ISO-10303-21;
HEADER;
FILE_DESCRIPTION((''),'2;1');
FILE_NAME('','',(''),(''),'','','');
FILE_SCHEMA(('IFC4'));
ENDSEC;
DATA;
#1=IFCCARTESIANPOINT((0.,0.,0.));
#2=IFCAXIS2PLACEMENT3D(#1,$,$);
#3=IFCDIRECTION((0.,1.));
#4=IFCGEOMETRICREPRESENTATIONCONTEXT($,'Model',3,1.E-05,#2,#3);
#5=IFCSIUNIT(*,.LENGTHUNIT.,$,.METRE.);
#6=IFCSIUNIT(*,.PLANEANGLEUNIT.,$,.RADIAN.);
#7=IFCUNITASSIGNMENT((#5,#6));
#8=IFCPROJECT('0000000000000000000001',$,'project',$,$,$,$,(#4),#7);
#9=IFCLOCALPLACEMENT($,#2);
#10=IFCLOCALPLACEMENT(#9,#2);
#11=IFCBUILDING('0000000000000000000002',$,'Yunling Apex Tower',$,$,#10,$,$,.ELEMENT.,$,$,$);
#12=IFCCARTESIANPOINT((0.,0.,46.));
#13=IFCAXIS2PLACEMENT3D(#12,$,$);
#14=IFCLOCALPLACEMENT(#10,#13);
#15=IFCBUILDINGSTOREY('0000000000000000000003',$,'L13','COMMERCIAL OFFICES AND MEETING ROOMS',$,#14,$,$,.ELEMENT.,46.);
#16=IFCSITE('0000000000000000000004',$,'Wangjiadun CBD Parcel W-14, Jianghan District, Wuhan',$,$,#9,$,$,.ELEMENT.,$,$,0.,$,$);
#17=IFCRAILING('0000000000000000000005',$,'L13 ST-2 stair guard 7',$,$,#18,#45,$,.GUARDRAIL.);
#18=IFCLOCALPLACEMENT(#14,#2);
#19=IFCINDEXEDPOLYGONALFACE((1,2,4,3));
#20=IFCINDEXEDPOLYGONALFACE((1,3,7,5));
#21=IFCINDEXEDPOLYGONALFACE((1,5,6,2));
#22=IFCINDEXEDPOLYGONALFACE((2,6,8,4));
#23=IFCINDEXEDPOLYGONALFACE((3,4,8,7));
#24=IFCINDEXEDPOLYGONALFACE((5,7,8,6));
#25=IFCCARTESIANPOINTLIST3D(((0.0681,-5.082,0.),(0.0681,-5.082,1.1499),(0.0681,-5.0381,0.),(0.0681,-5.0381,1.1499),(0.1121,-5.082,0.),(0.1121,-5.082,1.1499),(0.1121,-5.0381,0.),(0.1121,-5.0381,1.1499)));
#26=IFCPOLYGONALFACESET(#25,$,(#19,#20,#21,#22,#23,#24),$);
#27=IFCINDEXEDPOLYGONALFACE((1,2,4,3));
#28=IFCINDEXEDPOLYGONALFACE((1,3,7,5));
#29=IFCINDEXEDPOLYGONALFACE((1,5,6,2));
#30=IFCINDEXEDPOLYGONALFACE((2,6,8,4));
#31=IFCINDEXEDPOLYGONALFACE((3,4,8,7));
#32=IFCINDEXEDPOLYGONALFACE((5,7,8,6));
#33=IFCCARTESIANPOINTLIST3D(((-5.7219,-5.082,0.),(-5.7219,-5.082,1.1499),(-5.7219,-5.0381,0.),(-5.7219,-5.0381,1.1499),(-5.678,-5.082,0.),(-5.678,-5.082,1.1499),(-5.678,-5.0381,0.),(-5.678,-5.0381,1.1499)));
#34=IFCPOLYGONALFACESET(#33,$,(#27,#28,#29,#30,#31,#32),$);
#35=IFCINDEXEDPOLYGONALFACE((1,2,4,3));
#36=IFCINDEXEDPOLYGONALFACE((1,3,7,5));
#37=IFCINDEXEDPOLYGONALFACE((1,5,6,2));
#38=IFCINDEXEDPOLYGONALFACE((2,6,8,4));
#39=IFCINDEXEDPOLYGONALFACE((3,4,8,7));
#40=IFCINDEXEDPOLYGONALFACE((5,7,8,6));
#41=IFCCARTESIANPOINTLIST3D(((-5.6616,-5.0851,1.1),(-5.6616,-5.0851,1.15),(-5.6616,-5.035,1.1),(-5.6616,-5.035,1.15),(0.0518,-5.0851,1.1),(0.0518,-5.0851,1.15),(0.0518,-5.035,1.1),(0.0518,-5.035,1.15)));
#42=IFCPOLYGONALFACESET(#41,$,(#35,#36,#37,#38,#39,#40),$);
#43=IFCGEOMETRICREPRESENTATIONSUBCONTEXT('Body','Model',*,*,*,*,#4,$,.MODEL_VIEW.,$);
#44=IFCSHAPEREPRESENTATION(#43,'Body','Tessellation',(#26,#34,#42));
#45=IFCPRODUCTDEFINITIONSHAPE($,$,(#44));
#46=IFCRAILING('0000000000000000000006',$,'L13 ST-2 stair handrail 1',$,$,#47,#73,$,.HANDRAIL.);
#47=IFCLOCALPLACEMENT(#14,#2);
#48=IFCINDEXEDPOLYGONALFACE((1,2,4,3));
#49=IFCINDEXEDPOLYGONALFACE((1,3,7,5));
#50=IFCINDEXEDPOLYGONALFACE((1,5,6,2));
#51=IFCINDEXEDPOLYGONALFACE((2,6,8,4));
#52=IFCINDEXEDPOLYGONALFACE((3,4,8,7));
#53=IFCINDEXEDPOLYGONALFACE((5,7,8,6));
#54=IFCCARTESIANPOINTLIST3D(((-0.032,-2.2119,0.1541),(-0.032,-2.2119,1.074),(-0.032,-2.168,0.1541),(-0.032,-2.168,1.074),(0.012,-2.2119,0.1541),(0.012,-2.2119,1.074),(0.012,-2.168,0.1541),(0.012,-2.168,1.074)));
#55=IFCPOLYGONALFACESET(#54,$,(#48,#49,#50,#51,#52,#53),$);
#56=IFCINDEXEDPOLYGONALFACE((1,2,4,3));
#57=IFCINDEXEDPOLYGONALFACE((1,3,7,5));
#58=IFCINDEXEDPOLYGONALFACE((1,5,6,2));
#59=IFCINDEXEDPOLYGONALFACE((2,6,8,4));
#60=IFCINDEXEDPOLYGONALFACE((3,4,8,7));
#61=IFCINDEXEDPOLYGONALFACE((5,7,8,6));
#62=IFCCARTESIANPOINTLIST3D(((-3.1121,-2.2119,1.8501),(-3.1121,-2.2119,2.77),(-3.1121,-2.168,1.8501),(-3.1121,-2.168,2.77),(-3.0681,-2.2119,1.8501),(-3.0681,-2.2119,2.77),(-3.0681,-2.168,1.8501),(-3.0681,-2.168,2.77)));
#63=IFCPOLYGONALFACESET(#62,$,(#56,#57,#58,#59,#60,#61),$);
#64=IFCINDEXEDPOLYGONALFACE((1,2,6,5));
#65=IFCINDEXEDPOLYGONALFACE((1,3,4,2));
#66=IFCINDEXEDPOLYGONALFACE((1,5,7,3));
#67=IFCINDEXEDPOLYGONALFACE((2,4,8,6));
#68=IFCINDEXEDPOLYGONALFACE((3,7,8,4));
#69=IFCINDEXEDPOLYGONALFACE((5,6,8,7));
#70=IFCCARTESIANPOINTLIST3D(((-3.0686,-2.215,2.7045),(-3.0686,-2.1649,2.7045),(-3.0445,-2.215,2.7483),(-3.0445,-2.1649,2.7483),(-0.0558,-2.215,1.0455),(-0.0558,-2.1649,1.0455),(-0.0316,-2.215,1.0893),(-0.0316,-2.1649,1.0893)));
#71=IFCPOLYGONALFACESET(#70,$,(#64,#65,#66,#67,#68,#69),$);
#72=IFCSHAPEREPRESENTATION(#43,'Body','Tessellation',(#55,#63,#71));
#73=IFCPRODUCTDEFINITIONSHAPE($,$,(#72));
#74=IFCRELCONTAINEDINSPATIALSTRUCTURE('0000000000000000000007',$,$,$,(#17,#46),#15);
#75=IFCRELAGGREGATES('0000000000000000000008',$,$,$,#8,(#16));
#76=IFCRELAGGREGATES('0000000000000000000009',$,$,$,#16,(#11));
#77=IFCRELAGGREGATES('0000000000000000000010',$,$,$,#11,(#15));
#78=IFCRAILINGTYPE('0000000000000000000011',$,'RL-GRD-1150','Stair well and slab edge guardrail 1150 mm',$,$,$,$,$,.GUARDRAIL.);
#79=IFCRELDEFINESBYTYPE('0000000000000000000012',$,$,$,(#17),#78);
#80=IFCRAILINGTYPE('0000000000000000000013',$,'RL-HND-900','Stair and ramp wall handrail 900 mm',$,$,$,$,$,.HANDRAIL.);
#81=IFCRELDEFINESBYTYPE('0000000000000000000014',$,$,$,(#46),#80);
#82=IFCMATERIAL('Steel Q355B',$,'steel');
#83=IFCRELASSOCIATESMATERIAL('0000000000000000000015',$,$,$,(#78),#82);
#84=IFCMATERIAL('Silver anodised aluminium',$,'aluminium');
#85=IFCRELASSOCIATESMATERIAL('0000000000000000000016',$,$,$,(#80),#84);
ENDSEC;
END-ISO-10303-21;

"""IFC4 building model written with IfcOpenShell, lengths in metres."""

from ifc_helpers import new_model, si_unit, direction, frame, origin, origin_2d, place, context, subcontext, project, spatial, rectangle, extrude, material, type_object, element, save


model = new_model("IFC4")

# Units and contexts
model_context = context("Model", 3, precision=1e-05, world=origin(), true_north=direction((0.0, 1.0)))
body_context = subcontext(model_context, "Body", "Model", "MODEL_VIEW")
ifc_project = project(units=[si_unit("LENGTHUNIT", "METRE"), si_unit("PLANEANGLEUNIT", "RADIAN")], contexts=[model_context])

# Site, building, storey
site_placement = place(None, origin())
site = spatial("IfcSite", under=ifc_project, at=site_placement, Name="Wangjiadun CBD Parcel W-14, Jianghan District, Wuhan", CompositionType="ELEMENT", RefElevation=0.0)
building_placement = place(site_placement, origin())
building = spatial("IfcBuilding", under=site, at=building_placement, Name="Yunling Apex Tower", CompositionType="ELEMENT")
storey_placement = place(building_placement, frame((0.0, 0.0, 46.0)))
storey = spatial("IfcBuildingStorey", under=building, at=storey_placement, Name="L13", Description="COMMERCIAL OFFICES AND MEETING ROOMS", CompositionType="ELEMENT", Elevation=46.0)

# Shared definitions
ifc_material_1 = material(Name="Steel Q355B", Category="steel")

# Railings
railing_type_1 = type_object("IfcRailingType", Name="RL-GRD-1150", Description="Stair well and slab edge guardrail 1150 mm", PredefinedType="GUARDRAIL", material=ifc_material_1)
railing_1_placement = place(storey_placement, frame((0.0901, -5.0601, 0.0)))
element("IfcRailing", 1, at=railing_1_placement, inside=storey, type_object=railing_type_1, Name="L13 ST-2 stair guard 7", PredefinedType="GUARDRAIL", context=body_context, shape_type="SweptSolid", body=[
    extrude(rectangle(XDim=0.0439, YDim=0.0439, at=origin_2d()), origin(), (0.0, 0.0, 1.0), 1.1499),
    extrude(rectangle(XDim=0.0439, YDim=0.0439, at=origin_2d()), frame((-5.79, 0.0, 0.0)), (0.0, 0.0, 1.0), 1.1499),
    extrude(rectangle(XDim=0.05, YDim=0.05, at=origin_2d()), frame((-0.0383, 0.0, 1.125), z_axis=(-1.0, 0.0, 0.0), x_axis=(0.0, -1.0, 0.0)), (0.0, 0.0, 1.0), 5.7134),
])
ifc_material_2 = material(Name="Silver anodised aluminium", Category="aluminium")
railing_type_2 = type_object("IfcRailingType", Name="RL-HND-900", Description="Stair and ramp wall handrail 900 mm", PredefinedType="HANDRAIL", material=ifc_material_2)
railing_2_placement = place(storey_placement, frame((-0.01, -2.1899, 0.1541)))
element("IfcRailing", 2, at=railing_2_placement, inside=storey, type_object=railing_type_2, Name="L13 ST-2 stair handrail 1", PredefinedType="HANDRAIL", context=body_context, shape_type="SweptSolid", body=[
    extrude(rectangle(XDim=0.0439, YDim=0.0439, at=origin_2d()), origin(), (0.0, 0.0, 1.0), 0.9199),
    extrude(rectangle(XDim=0.0439, YDim=0.0439, at=origin_2d()), frame((-3.0801, 0.0, 1.696)), (0.0, 0.0, 1.0), 0.9199),
    extrude(rectangle(XDim=0.05, YDim=0.05, at=origin_2d()), frame((-0.0337, 0.0, 0.9133), z_axis=(-0.875975, 0.0, 0.482356), x_axis=(0.0, -1.0, 0.0)), (0.0, 0.0, 1.0), 3.4395),
])

save(model, "model.ifc")
